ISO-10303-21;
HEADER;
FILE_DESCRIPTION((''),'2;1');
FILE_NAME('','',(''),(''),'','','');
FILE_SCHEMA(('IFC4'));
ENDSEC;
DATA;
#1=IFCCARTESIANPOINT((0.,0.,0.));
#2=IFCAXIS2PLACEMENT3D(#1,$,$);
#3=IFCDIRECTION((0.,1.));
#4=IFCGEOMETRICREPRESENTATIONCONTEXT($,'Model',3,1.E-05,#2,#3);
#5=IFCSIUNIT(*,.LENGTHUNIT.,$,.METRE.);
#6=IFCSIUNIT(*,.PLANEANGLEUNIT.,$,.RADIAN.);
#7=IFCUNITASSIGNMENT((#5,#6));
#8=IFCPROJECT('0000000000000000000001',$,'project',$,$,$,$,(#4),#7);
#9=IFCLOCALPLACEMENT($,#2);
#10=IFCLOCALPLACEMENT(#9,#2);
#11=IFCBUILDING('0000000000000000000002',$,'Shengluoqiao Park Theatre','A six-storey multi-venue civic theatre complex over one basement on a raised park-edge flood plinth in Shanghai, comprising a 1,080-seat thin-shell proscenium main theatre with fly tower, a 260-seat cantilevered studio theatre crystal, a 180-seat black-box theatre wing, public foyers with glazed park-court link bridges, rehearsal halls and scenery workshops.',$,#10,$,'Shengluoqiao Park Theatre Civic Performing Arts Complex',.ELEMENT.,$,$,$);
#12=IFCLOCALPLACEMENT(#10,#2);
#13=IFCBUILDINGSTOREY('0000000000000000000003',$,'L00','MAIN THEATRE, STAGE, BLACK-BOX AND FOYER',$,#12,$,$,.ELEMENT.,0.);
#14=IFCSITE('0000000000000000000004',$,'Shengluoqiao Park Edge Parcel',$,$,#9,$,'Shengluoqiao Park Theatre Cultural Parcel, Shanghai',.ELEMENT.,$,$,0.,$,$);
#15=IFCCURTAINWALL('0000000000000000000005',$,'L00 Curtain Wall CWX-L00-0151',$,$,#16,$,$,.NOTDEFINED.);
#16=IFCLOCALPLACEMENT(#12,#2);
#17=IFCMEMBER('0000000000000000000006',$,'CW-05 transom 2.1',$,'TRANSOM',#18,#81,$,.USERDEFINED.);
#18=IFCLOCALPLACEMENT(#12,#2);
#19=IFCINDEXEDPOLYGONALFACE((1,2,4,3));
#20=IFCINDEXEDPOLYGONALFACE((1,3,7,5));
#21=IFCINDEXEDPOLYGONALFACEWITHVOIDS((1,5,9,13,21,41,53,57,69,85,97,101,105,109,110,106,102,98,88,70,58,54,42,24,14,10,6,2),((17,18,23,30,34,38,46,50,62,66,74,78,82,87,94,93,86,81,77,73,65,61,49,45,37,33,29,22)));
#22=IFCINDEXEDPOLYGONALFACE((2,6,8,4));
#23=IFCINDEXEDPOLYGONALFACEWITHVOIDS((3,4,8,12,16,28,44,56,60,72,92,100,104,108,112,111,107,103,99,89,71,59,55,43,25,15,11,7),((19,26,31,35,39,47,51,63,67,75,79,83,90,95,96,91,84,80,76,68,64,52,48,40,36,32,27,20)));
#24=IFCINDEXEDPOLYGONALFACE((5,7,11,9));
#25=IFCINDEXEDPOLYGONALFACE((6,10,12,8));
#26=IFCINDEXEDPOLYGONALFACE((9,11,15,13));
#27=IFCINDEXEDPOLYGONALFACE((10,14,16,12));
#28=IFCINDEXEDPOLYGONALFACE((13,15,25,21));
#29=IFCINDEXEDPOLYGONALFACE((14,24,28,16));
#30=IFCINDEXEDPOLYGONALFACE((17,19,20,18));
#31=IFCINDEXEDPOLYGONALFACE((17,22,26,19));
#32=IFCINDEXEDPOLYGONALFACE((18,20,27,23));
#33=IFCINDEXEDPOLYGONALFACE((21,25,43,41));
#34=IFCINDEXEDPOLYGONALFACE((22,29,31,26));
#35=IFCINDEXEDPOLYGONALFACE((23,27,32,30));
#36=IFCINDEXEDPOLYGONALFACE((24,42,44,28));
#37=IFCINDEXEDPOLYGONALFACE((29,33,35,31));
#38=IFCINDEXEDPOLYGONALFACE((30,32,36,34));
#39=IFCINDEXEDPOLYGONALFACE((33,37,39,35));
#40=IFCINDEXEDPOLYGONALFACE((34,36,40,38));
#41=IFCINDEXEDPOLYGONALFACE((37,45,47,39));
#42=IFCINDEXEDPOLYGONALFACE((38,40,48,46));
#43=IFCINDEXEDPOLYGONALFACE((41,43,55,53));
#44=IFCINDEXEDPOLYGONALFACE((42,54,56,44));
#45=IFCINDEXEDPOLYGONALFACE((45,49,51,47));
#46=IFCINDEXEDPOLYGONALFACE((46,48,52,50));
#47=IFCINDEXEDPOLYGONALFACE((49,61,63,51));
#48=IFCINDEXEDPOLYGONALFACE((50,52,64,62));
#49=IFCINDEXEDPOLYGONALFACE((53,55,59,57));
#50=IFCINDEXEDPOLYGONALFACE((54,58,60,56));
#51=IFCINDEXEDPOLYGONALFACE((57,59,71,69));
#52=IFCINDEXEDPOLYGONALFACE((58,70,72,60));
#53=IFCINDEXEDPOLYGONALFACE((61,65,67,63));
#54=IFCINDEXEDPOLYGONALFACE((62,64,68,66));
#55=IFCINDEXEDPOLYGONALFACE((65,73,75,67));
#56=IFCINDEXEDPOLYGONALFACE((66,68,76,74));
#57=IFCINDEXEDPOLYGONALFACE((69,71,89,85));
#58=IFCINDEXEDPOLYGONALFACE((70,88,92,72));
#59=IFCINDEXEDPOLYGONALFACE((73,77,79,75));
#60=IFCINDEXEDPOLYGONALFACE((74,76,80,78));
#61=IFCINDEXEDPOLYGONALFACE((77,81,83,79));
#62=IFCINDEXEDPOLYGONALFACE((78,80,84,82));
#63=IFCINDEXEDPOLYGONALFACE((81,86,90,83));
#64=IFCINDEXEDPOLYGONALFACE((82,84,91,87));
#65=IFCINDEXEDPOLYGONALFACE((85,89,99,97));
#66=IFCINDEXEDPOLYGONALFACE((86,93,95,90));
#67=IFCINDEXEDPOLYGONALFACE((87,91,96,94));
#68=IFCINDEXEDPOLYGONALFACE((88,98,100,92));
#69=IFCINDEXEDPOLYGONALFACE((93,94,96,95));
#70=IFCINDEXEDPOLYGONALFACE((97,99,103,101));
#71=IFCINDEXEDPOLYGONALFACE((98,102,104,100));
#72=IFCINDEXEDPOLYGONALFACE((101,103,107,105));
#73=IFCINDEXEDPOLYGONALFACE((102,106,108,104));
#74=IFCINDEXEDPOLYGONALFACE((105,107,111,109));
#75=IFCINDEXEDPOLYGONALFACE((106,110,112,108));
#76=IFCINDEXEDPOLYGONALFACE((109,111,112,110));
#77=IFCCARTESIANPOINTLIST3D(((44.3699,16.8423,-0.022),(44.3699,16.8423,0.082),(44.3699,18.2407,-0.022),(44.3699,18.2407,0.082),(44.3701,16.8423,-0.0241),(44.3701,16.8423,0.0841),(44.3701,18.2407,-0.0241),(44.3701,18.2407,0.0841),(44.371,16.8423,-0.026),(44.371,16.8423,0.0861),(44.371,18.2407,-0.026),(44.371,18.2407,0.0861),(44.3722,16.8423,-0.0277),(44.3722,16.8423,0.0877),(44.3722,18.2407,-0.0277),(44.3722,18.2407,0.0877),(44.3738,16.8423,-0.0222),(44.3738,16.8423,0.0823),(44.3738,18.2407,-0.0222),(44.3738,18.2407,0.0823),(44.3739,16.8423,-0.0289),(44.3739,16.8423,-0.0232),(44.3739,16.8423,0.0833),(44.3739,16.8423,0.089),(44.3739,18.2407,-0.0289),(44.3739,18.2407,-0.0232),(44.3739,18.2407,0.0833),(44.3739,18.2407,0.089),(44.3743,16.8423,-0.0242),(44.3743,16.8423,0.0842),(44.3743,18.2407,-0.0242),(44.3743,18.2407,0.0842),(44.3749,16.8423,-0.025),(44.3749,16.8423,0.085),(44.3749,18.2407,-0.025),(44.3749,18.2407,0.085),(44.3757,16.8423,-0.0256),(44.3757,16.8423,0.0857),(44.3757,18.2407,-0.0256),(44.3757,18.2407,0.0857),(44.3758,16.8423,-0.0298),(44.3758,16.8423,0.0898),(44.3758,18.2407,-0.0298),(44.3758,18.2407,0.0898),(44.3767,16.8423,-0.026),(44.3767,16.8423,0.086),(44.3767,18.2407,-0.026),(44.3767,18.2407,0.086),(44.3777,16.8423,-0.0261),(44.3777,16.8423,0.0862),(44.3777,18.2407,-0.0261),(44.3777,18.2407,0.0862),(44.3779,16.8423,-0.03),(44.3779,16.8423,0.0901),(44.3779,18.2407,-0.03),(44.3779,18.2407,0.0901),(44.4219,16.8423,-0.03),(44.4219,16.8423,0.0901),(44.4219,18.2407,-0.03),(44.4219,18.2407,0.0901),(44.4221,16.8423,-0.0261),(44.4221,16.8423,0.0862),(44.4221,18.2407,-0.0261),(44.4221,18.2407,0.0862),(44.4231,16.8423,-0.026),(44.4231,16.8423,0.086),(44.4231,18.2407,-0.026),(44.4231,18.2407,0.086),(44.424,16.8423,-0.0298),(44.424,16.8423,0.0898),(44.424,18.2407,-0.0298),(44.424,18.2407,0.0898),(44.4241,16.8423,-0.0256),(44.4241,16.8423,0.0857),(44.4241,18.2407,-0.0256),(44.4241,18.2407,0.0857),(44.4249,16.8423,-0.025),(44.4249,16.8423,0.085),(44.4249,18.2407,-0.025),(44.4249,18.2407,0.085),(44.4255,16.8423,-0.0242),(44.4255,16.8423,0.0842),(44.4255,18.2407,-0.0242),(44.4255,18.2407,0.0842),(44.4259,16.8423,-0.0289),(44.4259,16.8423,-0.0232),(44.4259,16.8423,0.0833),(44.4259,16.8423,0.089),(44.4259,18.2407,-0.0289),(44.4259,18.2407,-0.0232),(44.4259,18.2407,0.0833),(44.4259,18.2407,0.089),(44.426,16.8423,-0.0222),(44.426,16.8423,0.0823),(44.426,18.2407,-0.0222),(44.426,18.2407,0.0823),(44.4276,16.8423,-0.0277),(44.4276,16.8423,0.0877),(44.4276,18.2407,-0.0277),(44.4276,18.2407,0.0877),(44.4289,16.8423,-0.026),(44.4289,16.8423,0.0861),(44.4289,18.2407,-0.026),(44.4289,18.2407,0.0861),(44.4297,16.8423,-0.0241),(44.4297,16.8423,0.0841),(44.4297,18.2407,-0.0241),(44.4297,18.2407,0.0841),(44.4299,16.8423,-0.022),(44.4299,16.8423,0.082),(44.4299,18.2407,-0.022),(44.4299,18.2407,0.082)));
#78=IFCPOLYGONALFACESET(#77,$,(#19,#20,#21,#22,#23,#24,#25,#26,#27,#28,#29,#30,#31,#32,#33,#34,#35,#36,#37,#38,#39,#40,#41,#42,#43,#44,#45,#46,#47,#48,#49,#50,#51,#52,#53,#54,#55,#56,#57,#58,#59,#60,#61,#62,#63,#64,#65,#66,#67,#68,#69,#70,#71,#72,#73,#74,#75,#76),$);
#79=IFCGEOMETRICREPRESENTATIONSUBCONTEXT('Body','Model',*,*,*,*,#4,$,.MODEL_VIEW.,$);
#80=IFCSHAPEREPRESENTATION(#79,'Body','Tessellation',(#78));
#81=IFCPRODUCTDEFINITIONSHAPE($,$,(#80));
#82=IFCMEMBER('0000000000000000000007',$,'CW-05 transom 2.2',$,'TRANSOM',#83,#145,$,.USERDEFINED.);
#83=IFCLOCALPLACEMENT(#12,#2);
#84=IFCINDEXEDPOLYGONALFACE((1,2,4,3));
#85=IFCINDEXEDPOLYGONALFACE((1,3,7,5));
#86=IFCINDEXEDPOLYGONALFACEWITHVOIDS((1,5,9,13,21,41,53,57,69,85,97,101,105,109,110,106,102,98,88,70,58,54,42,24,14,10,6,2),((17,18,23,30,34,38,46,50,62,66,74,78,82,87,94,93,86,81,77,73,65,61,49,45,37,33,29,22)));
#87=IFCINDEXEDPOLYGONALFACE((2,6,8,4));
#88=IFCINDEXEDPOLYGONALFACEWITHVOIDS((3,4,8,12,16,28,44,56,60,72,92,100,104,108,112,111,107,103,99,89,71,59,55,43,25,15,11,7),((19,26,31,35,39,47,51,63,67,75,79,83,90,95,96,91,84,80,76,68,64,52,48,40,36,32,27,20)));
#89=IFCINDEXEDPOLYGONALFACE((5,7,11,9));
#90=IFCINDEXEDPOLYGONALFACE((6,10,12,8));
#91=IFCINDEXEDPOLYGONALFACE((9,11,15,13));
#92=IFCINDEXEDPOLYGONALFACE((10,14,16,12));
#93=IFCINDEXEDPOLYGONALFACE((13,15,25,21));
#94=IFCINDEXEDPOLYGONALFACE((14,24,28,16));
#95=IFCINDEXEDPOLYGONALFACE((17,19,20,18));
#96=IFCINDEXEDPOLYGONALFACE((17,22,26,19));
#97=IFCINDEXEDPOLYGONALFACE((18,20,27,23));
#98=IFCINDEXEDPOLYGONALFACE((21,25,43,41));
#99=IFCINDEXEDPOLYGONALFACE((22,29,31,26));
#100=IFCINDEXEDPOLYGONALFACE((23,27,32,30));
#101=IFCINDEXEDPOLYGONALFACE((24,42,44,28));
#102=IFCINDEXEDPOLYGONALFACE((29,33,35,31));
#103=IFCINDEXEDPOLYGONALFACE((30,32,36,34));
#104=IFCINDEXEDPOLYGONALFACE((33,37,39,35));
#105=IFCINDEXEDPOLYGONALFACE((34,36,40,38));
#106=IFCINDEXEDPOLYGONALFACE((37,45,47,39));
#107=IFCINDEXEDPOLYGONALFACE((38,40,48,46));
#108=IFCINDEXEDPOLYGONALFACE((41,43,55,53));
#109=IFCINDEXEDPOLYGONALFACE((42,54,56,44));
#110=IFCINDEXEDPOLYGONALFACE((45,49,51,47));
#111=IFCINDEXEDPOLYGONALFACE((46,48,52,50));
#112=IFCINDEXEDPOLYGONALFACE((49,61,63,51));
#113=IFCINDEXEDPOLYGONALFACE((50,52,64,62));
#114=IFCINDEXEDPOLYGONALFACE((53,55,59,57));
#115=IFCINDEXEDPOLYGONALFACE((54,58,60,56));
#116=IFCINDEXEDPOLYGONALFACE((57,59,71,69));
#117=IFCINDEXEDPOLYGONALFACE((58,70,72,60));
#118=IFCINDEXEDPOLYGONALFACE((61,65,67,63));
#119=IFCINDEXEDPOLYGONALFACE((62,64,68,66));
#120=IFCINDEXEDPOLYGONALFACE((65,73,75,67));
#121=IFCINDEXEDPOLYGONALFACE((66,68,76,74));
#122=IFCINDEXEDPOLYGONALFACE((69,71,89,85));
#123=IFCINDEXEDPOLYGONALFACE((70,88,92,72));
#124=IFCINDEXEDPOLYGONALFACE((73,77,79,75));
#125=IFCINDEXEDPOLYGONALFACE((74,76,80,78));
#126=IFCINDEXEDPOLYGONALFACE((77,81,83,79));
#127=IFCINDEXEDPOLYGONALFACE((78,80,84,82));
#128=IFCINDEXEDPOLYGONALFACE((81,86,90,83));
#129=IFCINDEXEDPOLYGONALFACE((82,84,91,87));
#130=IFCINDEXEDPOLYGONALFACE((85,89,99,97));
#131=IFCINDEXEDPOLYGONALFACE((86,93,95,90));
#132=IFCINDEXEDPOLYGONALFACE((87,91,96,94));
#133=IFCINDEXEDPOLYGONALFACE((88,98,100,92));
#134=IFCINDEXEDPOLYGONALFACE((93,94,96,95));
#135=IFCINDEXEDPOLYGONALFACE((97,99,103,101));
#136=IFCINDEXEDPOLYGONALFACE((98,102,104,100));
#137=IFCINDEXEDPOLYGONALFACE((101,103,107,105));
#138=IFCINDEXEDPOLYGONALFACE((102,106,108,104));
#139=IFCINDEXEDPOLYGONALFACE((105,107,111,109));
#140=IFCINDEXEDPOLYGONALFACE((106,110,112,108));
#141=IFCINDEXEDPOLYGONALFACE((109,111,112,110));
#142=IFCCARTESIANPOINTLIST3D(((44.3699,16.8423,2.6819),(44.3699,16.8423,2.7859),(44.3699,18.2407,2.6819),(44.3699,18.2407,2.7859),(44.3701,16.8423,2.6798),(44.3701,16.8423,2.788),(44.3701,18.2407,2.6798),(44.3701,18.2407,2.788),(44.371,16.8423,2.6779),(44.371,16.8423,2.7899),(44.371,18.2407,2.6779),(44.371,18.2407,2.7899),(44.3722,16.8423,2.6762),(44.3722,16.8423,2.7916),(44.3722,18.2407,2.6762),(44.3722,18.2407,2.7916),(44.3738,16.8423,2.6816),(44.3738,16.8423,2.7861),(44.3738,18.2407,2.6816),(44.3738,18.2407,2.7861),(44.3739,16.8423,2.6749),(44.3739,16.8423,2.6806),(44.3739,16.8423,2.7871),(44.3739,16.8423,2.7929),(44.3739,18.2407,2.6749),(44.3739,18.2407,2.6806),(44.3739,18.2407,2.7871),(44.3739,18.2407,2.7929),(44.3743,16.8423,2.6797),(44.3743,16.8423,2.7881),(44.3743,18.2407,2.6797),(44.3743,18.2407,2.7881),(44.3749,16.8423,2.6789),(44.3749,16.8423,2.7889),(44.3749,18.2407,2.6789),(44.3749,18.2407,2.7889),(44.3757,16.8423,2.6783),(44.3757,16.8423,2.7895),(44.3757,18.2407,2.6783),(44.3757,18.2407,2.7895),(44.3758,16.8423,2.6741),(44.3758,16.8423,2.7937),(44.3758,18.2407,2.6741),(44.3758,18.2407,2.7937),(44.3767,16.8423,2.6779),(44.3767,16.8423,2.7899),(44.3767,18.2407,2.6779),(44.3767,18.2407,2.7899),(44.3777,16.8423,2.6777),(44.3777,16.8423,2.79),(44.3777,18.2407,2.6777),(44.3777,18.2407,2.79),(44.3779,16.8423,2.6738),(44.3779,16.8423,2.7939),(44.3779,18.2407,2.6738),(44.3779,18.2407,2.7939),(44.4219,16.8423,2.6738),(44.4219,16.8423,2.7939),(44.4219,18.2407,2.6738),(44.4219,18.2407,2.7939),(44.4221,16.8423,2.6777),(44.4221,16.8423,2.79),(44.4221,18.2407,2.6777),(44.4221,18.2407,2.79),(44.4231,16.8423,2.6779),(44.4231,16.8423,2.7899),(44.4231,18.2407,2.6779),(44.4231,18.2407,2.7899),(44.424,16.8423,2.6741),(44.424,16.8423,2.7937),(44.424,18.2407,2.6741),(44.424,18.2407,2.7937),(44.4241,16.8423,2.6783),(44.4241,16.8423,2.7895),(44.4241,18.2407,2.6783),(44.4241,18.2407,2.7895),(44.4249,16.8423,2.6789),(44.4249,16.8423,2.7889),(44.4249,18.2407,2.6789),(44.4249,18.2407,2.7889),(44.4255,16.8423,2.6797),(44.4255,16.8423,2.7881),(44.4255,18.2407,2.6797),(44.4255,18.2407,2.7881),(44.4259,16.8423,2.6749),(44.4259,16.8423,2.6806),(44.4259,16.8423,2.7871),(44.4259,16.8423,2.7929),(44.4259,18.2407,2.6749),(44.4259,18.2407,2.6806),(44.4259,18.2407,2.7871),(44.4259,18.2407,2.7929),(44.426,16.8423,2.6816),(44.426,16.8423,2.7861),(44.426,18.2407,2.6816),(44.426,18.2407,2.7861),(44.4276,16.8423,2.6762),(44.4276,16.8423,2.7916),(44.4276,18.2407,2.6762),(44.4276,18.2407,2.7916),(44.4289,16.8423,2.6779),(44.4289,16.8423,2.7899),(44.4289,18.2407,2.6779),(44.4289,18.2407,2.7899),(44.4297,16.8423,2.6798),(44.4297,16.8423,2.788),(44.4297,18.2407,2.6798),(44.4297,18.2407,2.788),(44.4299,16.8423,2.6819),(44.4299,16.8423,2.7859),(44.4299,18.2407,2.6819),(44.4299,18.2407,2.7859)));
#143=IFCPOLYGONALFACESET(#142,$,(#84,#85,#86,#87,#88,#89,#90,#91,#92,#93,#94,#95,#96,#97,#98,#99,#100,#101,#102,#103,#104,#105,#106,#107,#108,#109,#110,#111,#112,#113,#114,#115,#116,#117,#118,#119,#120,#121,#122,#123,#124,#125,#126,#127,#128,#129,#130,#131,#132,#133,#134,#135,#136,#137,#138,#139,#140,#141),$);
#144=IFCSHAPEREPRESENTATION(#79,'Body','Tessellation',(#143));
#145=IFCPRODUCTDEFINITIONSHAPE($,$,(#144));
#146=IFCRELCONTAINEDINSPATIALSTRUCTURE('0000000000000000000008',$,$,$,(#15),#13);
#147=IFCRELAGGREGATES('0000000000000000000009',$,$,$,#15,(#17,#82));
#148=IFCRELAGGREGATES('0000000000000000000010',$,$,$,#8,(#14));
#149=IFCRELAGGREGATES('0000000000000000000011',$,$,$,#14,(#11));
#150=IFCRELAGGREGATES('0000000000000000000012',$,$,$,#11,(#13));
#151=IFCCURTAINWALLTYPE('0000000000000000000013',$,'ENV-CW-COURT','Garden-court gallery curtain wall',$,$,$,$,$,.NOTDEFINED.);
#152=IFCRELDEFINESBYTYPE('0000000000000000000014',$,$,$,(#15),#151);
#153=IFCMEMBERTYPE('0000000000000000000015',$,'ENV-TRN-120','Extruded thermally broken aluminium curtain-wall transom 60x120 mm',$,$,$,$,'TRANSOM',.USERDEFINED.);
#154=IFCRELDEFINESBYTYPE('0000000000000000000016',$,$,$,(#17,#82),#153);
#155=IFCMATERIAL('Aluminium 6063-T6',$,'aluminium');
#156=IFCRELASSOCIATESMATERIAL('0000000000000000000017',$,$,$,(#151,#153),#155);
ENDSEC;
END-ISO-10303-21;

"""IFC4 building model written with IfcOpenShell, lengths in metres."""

from ifc_helpers import new_model, si_unit, direction, frame, origin, origin_2d, place, context, subcontext, project, spatial, hollow_rectangle, extrude, material, material_profile, profile_set, type_object, element, aggregate, save


model = new_model("IFC4")

# Units and contexts
model_context = context("Model", 3, precision=1e-05, world=origin(), true_north=direction((0.0, 1.0)))
body_context = subcontext(model_context, "Body", "Model", "MODEL_VIEW")
ifc_project = project(units=[si_unit("LENGTHUNIT", "METRE"), si_unit("PLANEANGLEUNIT", "RADIAN")], contexts=[model_context])

# Site, building, storey
site_placement = place(None, origin())
site = spatial("IfcSite", under=ifc_project, at=site_placement, Name="Shengluoqiao Park Edge Parcel", LongName="Shengluoqiao Park Theatre Cultural Parcel, Shanghai", CompositionType="ELEMENT", RefElevation=0.0)
building_placement = place(site_placement, origin())
building = spatial("IfcBuilding", under=site, at=building_placement, Name="Shengluoqiao Park Theatre", Description="A six-storey multi-venue civic theatre complex over one basement on a raised park-edge flood plinth in Shanghai, comprising a 1,080-seat thin-shell proscenium main theatre with fly tower, a 260-seat cantilevered studio theatre crystal, a 180-seat black-box theatre wing, public foyers with glazed park-court link bridges, rehearsal halls and scenery workshops.", LongName="Shengluoqiao Park Theatre Civic Performing Arts Complex", CompositionType="ELEMENT")
storey_placement = place(building_placement, origin())
storey = spatial("IfcBuildingStorey", under=building, at=storey_placement, Name="L00", Description="MAIN THEATRE, STAGE, BLACK-BOX AND FOYER", CompositionType="ELEMENT", Elevation=0.0)

# Shared definitions
ifc_material_1 = material(Name="Aluminium 6063-T6", Category="aluminium")
curtain_wall_type = type_object("IfcCurtainWallType", Name="ENV-CW-COURT", Description="Garden-court gallery curtain wall", PredefinedType="NOTDEFINED", material=ifc_material_1)

# Curtain wall
curtain_wall_1_placement = place(storey_placement, origin())
curtain_wall_1 = element("IfcCurtainWall", 1, at=curtain_wall_1_placement, inside=storey, type_object=curtain_wall_type, Name="L00 Curtain Wall CWX-L00-0151", PredefinedType="NOTDEFINED")

# Members
ifc_material_profile_1 = material_profile(ifc_material_1, hollow_rectangle(XDim=0.0601, YDim=0.1201, WallThickness=0.0039, InnerFilletRadius=0.0039, OuterFilletRadius=0.0081, at=origin_2d()), Name="ALU TRANSOM 120x60x4")
ifc_profile_set_1 = profile_set([ifc_material_profile_1], Name="Aluminium 6063-T6")
member_type_1 = type_object("IfcMemberType", Name="ENV-TRN-120", Description="Extruded thermally broken aluminium curtain-wall transom 60x120 mm", ElementType="TRANSOM", PredefinedType="USERDEFINED", material=ifc_profile_set_1)
member_1_placement = place(storey_placement, frame((44.3999, 16.8423, 0.03), z_axis=(0.0, 1.0, 0.0), x_axis=(-1.0, 0.0, 0.0)))
member_1 = element("IfcMember", 2, at=member_1_placement, type_object=member_type_1, Name="CW-05 transom 2.1", ObjectType="TRANSOM", PredefinedType="USERDEFINED", context=body_context, shape_type="SweptSolid", body=[
    extrude(hollow_rectangle(XDim=0.0601, YDim=0.1201, WallThickness=0.0039, InnerFilletRadius=0.0039, OuterFilletRadius=0.0081, at=origin_2d()), origin(), (0.0, 0.0, 1.0), 1.3984),
])
member_2_placement = place(storey_placement, frame((44.3999, 16.8423, 2.7339), z_axis=(0.0, 1.0, 0.0), x_axis=(-1.0, 0.0, 0.0)))
member_2 = element("IfcMember", 3, at=member_2_placement, type_object=member_type_1, Name="CW-05 transom 2.2", ObjectType="TRANSOM", PredefinedType="USERDEFINED", context=body_context, shape_type="SweptSolid", body=[
    extrude(hollow_rectangle(XDim=0.0601, YDim=0.1201, WallThickness=0.0039, InnerFilletRadius=0.0039, OuterFilletRadius=0.0081, at=origin_2d()), origin(), (0.0, 0.0, 1.0), 1.3984),
])

aggregate(curtain_wall_1, [member_1, member_2])

save(model, "model.ifc")
